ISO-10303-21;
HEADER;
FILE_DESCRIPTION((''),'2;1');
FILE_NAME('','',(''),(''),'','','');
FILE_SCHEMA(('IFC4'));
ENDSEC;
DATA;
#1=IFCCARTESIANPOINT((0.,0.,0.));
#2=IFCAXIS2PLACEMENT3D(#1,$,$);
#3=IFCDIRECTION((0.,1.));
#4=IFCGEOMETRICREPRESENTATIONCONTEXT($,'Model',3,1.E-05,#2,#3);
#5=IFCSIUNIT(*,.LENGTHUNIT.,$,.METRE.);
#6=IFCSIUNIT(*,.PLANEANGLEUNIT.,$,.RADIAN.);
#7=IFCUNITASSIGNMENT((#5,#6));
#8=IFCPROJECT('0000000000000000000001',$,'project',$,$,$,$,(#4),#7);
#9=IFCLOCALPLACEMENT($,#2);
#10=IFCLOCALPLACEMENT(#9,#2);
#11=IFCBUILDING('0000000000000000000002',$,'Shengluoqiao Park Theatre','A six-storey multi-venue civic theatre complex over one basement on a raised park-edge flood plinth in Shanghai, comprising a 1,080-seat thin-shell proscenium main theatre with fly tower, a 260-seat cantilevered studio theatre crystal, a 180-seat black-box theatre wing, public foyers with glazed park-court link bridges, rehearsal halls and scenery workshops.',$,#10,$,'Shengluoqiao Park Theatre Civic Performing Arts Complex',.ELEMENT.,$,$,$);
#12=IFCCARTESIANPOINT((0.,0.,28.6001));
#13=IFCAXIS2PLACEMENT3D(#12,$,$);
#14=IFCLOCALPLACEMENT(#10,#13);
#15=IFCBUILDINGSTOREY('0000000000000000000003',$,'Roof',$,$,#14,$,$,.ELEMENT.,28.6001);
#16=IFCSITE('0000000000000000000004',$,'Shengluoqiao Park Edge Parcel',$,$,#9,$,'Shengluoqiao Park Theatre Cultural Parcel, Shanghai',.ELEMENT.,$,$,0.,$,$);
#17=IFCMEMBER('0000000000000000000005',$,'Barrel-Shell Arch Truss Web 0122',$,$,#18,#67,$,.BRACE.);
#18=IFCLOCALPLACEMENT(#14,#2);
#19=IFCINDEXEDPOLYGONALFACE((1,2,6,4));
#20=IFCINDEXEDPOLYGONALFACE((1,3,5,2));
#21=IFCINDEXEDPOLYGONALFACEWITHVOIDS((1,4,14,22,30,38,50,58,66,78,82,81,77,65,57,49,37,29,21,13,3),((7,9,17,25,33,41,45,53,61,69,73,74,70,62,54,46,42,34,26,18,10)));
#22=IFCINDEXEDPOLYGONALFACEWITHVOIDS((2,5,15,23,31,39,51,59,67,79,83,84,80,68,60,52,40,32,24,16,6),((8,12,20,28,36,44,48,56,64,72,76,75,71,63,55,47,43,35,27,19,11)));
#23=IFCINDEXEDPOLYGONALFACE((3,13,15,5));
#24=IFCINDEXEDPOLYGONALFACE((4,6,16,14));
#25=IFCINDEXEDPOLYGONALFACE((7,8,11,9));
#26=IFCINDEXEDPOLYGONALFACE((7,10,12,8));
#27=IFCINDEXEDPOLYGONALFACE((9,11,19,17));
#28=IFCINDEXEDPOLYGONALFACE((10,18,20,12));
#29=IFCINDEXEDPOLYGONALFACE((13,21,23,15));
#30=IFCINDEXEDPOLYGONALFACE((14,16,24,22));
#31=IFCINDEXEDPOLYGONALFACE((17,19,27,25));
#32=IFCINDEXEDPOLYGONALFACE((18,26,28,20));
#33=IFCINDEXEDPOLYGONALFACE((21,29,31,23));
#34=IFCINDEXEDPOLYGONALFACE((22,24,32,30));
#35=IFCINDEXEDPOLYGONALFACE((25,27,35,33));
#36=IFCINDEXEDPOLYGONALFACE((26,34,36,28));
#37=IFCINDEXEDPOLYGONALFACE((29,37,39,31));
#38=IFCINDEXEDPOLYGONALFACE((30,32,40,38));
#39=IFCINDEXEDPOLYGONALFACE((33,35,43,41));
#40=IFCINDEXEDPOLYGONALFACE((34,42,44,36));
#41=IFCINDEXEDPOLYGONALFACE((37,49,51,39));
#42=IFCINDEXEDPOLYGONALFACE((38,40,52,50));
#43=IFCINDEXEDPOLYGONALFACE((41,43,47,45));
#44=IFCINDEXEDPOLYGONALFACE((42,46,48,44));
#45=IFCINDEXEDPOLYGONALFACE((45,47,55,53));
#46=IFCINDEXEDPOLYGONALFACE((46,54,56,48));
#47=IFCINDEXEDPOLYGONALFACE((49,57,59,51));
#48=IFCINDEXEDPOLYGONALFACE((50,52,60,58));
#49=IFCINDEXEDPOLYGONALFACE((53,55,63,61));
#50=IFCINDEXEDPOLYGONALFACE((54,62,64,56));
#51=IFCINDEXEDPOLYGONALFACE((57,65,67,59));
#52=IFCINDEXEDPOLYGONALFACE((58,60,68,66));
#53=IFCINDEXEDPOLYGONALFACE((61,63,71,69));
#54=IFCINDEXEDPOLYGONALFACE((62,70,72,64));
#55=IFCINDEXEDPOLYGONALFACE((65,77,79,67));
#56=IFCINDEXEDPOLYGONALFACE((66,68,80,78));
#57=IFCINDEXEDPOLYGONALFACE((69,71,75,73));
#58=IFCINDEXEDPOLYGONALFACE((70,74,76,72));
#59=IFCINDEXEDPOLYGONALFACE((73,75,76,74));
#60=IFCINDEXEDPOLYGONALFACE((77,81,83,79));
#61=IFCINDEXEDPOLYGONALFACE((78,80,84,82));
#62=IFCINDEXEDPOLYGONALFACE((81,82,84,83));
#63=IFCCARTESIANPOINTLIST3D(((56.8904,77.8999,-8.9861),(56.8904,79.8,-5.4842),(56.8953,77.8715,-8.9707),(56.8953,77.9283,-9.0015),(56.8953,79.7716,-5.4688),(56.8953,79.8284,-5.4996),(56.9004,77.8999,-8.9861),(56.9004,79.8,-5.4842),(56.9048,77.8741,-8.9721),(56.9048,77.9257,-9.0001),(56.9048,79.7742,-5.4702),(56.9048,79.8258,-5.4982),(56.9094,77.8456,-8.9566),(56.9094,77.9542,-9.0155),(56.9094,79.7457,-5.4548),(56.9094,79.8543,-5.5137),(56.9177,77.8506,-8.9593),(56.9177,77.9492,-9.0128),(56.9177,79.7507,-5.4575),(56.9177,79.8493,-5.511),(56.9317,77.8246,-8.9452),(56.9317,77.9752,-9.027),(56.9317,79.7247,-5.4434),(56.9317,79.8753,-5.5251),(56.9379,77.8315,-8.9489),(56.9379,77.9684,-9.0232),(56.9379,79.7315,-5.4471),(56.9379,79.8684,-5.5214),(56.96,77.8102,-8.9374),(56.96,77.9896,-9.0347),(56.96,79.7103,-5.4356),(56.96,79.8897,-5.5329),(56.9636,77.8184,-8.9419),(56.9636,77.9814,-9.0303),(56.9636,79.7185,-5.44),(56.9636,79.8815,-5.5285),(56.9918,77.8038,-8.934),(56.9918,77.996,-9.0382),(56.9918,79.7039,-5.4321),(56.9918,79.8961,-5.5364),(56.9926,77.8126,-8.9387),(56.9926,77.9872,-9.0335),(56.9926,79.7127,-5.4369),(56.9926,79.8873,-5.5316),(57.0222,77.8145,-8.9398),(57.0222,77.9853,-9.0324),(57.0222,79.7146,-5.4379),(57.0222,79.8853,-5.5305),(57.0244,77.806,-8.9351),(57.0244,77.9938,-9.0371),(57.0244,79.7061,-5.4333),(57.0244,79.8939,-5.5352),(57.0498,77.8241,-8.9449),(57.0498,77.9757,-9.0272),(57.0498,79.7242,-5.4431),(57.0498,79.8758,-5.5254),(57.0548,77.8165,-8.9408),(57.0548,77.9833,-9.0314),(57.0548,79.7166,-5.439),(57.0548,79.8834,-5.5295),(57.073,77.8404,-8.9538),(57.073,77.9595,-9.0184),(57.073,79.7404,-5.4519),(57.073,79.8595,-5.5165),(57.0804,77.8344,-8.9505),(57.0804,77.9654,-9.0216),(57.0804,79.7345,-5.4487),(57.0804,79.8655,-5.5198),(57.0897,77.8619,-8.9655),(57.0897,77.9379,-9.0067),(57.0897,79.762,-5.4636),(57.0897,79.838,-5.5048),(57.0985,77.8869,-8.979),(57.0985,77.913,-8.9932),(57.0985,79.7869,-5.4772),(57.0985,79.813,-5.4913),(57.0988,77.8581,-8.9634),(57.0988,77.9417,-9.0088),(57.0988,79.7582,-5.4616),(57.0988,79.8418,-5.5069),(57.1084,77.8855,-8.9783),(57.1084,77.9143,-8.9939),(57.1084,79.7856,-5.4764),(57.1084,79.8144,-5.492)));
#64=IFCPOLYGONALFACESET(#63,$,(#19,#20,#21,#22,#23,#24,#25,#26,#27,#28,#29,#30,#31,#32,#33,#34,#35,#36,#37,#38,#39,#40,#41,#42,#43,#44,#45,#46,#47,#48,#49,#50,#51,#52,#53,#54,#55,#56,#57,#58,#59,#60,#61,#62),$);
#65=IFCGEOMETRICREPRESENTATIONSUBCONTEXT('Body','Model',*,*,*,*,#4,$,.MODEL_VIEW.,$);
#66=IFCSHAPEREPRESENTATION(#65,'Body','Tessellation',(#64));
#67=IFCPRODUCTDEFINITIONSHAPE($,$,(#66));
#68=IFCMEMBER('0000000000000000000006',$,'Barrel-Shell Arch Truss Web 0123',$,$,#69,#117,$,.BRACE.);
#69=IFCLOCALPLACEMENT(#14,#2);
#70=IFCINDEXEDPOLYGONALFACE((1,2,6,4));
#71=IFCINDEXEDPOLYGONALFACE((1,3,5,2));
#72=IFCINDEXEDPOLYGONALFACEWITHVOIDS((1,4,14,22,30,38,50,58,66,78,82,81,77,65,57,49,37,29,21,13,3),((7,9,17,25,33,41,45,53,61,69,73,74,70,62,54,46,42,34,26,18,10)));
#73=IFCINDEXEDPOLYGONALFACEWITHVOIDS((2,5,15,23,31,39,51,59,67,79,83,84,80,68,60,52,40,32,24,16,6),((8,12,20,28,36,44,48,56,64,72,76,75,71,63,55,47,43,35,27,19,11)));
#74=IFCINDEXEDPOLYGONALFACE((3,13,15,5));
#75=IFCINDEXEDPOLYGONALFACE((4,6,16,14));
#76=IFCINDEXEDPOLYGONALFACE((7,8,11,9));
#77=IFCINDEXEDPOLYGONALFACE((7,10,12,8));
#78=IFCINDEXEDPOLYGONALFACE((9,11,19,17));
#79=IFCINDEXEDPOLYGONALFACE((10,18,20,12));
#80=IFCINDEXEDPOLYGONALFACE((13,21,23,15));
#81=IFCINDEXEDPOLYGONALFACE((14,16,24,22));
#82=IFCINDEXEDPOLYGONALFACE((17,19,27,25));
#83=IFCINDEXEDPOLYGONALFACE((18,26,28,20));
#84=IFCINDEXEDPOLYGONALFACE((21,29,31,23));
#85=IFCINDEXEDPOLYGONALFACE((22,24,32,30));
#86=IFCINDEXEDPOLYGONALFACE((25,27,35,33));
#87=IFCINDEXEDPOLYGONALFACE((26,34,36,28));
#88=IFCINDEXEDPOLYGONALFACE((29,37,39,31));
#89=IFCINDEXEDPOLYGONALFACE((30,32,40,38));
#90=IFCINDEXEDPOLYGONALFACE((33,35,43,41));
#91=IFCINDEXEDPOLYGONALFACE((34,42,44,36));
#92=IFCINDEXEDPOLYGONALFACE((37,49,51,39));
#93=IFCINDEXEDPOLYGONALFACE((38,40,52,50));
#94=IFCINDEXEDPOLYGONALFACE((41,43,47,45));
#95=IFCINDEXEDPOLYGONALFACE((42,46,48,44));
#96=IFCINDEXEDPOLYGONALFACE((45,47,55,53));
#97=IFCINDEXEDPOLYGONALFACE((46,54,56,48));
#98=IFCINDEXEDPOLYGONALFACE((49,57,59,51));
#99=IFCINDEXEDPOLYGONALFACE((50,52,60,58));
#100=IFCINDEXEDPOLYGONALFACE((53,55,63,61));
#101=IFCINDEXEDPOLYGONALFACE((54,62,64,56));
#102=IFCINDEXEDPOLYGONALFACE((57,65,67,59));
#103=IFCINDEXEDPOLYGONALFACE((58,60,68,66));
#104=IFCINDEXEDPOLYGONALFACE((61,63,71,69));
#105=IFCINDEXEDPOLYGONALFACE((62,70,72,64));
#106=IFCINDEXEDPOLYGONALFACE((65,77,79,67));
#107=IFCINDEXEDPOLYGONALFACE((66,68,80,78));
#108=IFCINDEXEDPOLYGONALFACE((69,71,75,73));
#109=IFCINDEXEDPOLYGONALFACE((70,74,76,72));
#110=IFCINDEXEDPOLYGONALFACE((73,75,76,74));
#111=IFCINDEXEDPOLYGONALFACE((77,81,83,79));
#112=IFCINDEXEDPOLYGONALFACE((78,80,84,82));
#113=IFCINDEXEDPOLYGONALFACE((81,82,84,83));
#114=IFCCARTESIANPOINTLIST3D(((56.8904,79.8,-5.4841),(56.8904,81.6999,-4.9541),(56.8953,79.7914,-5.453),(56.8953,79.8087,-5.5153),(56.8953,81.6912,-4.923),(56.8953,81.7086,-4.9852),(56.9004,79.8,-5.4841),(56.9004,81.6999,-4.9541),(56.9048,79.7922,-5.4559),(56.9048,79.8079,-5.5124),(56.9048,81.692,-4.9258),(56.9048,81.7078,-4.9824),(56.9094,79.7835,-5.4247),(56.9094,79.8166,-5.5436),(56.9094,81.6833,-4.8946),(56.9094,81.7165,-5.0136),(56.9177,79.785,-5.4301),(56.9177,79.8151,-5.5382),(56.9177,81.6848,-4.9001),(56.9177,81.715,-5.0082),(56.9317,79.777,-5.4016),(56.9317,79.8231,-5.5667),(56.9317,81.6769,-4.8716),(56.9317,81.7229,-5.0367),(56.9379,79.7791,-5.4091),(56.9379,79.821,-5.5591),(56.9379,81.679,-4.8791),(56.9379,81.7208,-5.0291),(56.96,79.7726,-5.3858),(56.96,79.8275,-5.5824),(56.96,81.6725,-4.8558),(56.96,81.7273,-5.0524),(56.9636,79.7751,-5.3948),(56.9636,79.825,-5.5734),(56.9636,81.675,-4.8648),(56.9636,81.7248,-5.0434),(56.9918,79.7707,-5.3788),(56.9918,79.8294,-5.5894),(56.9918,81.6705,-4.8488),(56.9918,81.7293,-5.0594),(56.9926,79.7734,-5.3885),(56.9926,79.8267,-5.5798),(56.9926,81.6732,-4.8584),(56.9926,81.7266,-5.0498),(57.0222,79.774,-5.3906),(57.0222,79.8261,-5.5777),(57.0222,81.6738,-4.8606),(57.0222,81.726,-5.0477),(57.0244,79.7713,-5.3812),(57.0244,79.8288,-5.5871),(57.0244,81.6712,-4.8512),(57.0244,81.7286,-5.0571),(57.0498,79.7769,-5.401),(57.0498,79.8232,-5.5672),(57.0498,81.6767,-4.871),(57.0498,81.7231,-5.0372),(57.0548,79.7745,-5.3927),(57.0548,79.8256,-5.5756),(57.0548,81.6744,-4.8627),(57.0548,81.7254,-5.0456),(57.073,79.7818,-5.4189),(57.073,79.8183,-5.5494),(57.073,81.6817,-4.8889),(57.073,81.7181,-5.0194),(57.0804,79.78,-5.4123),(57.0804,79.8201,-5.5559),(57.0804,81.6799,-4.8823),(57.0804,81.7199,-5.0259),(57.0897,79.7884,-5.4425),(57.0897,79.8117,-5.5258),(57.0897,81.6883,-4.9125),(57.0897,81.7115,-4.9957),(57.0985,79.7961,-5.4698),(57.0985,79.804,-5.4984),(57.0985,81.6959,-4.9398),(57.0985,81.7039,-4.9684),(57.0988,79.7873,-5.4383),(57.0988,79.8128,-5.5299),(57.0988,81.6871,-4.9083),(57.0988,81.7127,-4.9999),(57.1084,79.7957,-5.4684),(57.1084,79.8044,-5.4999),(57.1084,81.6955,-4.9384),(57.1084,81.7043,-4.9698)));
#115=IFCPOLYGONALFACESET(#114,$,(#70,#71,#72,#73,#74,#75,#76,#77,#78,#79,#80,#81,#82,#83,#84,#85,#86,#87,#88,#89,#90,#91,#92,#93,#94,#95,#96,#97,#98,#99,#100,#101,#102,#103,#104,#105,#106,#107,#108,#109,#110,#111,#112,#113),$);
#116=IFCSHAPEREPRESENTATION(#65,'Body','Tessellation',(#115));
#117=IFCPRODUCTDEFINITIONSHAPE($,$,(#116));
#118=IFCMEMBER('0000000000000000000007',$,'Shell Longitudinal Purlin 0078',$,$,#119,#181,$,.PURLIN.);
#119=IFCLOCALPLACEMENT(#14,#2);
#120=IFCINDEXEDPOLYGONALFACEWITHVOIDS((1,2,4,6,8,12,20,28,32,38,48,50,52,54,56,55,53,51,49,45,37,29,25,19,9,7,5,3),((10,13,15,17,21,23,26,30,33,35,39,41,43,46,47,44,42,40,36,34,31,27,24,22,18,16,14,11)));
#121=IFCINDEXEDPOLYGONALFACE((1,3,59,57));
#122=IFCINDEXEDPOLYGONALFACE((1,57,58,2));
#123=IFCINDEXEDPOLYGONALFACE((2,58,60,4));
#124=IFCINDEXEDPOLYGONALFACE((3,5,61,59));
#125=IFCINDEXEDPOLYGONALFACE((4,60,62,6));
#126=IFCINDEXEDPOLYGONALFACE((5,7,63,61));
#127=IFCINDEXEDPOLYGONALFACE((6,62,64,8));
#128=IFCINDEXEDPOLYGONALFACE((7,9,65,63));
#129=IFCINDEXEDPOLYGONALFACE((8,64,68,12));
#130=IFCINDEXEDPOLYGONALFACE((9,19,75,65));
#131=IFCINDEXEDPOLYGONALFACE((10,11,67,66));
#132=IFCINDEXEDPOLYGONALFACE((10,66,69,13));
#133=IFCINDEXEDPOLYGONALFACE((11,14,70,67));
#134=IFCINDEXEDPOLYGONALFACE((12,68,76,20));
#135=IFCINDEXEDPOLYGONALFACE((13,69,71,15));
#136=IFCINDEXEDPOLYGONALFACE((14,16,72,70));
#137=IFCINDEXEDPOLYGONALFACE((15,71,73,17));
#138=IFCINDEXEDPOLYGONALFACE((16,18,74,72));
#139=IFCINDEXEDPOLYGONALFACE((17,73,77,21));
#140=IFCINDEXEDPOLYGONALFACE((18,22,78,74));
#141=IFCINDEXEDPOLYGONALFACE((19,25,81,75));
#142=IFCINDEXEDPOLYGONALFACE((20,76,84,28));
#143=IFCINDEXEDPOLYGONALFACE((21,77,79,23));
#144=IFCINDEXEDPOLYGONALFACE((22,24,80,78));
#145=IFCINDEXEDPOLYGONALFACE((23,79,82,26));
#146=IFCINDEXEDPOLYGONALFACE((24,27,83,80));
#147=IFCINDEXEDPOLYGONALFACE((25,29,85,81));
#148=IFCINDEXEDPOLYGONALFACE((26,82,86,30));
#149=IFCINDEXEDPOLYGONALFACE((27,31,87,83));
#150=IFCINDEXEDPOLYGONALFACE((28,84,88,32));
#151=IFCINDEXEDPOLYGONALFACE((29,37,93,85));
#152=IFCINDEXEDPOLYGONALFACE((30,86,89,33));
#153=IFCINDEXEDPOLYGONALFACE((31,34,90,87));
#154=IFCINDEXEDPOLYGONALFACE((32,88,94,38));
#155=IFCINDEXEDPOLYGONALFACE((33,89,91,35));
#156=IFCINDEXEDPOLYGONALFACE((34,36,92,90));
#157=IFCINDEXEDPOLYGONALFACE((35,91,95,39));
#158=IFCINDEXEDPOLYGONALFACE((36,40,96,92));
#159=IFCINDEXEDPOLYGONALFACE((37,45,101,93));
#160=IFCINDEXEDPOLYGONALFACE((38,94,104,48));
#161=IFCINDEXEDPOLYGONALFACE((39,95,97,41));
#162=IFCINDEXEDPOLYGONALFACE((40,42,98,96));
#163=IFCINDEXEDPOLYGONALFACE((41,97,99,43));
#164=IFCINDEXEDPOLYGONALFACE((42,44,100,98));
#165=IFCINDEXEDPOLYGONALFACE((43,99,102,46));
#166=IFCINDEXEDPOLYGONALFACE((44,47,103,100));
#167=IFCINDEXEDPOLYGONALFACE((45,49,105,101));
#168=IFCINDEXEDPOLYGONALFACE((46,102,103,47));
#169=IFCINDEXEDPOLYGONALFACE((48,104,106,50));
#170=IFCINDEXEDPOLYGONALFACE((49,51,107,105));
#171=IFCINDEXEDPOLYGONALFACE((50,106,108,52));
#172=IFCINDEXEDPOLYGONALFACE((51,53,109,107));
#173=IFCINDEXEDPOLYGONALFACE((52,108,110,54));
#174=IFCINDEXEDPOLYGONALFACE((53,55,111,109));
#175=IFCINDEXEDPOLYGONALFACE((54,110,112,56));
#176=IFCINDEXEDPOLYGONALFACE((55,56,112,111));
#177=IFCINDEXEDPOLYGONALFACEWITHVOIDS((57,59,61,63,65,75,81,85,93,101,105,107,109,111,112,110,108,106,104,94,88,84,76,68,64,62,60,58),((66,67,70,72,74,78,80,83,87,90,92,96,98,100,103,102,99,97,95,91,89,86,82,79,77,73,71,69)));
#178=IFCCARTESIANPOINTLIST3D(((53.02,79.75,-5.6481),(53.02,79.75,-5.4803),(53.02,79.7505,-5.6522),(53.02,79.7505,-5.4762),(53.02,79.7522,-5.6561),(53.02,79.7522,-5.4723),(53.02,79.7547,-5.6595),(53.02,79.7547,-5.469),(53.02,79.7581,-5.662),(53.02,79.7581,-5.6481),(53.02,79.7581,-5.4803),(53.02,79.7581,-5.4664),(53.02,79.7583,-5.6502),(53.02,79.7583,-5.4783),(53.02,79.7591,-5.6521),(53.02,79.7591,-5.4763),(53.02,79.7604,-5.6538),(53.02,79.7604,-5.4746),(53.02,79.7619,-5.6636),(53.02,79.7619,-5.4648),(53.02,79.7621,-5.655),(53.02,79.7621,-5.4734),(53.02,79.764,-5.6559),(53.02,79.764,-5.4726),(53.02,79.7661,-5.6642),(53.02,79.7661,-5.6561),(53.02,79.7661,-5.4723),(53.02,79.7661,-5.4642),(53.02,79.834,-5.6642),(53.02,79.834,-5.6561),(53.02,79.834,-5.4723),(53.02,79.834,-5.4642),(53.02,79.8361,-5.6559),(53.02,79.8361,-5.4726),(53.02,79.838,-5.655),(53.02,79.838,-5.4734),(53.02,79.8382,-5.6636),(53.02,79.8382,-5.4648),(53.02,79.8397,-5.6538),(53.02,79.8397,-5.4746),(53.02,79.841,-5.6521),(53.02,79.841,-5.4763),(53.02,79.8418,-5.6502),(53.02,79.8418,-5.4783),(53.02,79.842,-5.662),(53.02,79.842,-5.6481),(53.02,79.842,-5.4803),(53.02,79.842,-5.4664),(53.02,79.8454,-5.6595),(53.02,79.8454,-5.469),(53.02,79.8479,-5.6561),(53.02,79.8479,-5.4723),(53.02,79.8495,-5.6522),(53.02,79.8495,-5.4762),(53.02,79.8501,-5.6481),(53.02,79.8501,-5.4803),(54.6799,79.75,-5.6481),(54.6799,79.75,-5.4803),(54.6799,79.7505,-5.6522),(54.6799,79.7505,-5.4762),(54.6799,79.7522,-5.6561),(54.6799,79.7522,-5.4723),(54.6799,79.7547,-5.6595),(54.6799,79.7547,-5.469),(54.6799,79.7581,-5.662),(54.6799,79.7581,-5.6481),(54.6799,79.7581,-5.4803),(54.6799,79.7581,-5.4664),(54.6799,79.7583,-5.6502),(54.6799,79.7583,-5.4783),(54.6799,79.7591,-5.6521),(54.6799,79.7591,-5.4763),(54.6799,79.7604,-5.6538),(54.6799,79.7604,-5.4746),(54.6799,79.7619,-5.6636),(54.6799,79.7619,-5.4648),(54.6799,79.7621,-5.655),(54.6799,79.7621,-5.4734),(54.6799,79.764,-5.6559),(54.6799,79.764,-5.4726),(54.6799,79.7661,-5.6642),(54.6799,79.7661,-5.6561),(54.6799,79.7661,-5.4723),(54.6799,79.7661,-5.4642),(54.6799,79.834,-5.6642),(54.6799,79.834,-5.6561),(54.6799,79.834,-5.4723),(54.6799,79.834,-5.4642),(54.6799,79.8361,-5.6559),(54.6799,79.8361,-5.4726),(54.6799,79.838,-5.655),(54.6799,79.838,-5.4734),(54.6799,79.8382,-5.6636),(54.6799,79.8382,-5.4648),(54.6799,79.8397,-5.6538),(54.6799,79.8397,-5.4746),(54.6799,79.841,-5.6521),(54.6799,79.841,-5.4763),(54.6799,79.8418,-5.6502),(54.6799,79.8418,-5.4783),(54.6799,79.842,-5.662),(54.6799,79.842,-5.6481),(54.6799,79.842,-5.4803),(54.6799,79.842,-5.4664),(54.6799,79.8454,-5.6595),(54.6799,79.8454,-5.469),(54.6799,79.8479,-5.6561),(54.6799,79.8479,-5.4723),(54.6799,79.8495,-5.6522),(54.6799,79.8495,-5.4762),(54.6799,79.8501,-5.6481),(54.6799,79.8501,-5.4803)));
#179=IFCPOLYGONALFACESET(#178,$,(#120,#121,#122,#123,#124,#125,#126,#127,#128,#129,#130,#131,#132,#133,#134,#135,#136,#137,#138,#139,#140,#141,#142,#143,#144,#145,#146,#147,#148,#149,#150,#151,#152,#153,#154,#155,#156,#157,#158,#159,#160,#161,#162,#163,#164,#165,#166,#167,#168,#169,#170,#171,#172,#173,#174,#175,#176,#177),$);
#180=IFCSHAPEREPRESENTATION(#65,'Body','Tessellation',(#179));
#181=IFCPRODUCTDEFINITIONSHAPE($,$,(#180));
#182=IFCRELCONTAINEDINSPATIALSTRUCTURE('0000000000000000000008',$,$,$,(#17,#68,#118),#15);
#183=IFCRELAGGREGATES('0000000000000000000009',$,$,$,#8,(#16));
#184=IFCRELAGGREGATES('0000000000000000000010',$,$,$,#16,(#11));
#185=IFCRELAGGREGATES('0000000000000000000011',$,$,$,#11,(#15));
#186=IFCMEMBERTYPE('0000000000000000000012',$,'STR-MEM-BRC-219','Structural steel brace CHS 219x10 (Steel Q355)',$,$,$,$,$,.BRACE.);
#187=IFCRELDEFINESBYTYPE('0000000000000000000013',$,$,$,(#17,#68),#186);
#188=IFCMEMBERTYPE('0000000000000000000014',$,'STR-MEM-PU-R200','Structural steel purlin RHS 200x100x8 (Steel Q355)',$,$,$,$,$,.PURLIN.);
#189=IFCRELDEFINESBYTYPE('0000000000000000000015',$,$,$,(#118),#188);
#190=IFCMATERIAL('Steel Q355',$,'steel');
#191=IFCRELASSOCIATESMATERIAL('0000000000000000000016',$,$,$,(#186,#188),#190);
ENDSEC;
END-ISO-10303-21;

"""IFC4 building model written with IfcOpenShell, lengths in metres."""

from ifc_helpers import new_model, si_unit, direction, frame, origin, origin_2d, place, context, subcontext, project, spatial, hollow_rectangle, hollow_circle, extrude, material, material_profile, profile_set, type_object, element, save


model = new_model("IFC4")

# Units and contexts
model_context = context("Model", 3, precision=1e-05, world=origin(), true_north=direction((0.0, 1.0)))
body_context = subcontext(model_context, "Body", "Model", "MODEL_VIEW")
ifc_project = project(units=[si_unit("LENGTHUNIT", "METRE"), si_unit("PLANEANGLEUNIT", "RADIAN")], contexts=[model_context])

# Site, building, storey
site_placement = place(None, origin())
site = spatial("IfcSite", under=ifc_project, at=site_placement, Name="Shengluoqiao Park Edge Parcel", LongName="Shengluoqiao Park Theatre Cultural Parcel, Shanghai", CompositionType="ELEMENT", RefElevation=0.0)
building_placement = place(site_placement, origin())
building = spatial("IfcBuilding", under=site, at=building_placement, Name="Shengluoqiao Park Theatre", Description="A six-storey multi-venue civic theatre complex over one basement on a raised park-edge flood plinth in Shanghai, comprising a 1,080-seat thin-shell proscenium main theatre with fly tower, a 260-seat cantilevered studio theatre crystal, a 180-seat black-box theatre wing, public foyers with glazed park-court link bridges, rehearsal halls and scenery workshops.", LongName="Shengluoqiao Park Theatre Civic Performing Arts Complex", CompositionType="ELEMENT")
storey_placement = place(building_placement, frame((0.0, 0.0, 28.6001)))
storey = spatial("IfcBuildingStorey", under=building, at=storey_placement, Name="Roof", CompositionType="ELEMENT", Elevation=28.6001)

# Shared definitions
ifc_material_1 = material(Name="Steel Q355", Category="steel")

# Members
ifc_material_profile_1 = material_profile(ifc_material_1, hollow_circle(Radius=0.1096, WallThickness=0.01, at=origin_2d()), Name="CHS 219x10")
ifc_profile_set_1 = profile_set([ifc_material_profile_1], Name="Steel Q355")
member_type_1 = type_object("IfcMemberType", Name="STR-MEM-BRC-219", Description="Structural steel brace CHS 219x10 (Steel Q355)", PredefinedType="BRACE", material=ifc_profile_set_1)
member_1_placement = place(storey_placement, frame((57.0, 77.8999, -8.9861), z_axis=(0.0, 0.476915, 0.87895), x_axis=(-1.0, 0.0, 0.0)))
element("IfcMember", 1, at=member_1_placement, inside=storey, type_object=member_type_1, Name="Barrel-Shell Arch Truss Web 0122", PredefinedType="BRACE", context=body_context, shape_type="SweptSolid", body=[
    extrude(hollow_circle(Radius=0.1096, WallThickness=0.01, at=origin_2d()), origin(), (0.0, 0.0, 1.0), 3.9841),
])
member_2_placement = place(storey_placement, frame((57.0, 79.8, -5.4841), z_axis=(0.0, 0.963219, 0.268716), x_axis=(-1.0, 0.0, 0.0)))
element("IfcMember", 2, at=member_2_placement, inside=storey, type_object=member_type_1, Name="Barrel-Shell Arch Truss Web 0123", PredefinedType="BRACE", context=body_context, shape_type="SweptSolid", body=[
    extrude(hollow_circle(Radius=0.1096, WallThickness=0.01, at=origin_2d()), origin(), (0.0, 0.0, 1.0), 1.9724),
])
ifc_material_profile_2 = material_profile(ifc_material_1, hollow_rectangle(XDim=0.1001, YDim=0.2, WallThickness=0.0081, InnerFilletRadius=0.0081, OuterFilletRadius=0.0161, at=origin_2d()), Name="RHS 200x100x8")
ifc_profile_set_2 = profile_set([ifc_material_profile_2], Name="Steel Q355")
member_type_2 = type_object("IfcMemberType", Name="STR-MEM-PU-R200", Description="Structural steel purlin RHS 200x100x8 (Steel Q355)", PredefinedType="PURLIN", material=ifc_profile_set_2)
for number, where, z_axis, x_axis, name in (
    (3, (53.02, 79.8, -5.5642), (1.0, 0.0, 0.0), (0.0, 1.0, 0.0), "Shell Longitudinal Purlin 0078"),
):
    element("IfcMember", number, at=place(storey_placement, frame(where, z_axis=z_axis, x_axis=x_axis)), inside=storey, type_object=member_type_2, Name=name, PredefinedType="PURLIN", context=body_context, shape_type="SweptSolid", body=[
        extrude(hollow_rectangle(XDim=0.1001, YDim=0.2, WallThickness=0.0081, InnerFilletRadius=0.0081, OuterFilletRadius=0.0161, at=origin_2d()), origin(), (0.0, 0.0, 1.0), 1.6599),
    ])

save(model, "model.ifc")
